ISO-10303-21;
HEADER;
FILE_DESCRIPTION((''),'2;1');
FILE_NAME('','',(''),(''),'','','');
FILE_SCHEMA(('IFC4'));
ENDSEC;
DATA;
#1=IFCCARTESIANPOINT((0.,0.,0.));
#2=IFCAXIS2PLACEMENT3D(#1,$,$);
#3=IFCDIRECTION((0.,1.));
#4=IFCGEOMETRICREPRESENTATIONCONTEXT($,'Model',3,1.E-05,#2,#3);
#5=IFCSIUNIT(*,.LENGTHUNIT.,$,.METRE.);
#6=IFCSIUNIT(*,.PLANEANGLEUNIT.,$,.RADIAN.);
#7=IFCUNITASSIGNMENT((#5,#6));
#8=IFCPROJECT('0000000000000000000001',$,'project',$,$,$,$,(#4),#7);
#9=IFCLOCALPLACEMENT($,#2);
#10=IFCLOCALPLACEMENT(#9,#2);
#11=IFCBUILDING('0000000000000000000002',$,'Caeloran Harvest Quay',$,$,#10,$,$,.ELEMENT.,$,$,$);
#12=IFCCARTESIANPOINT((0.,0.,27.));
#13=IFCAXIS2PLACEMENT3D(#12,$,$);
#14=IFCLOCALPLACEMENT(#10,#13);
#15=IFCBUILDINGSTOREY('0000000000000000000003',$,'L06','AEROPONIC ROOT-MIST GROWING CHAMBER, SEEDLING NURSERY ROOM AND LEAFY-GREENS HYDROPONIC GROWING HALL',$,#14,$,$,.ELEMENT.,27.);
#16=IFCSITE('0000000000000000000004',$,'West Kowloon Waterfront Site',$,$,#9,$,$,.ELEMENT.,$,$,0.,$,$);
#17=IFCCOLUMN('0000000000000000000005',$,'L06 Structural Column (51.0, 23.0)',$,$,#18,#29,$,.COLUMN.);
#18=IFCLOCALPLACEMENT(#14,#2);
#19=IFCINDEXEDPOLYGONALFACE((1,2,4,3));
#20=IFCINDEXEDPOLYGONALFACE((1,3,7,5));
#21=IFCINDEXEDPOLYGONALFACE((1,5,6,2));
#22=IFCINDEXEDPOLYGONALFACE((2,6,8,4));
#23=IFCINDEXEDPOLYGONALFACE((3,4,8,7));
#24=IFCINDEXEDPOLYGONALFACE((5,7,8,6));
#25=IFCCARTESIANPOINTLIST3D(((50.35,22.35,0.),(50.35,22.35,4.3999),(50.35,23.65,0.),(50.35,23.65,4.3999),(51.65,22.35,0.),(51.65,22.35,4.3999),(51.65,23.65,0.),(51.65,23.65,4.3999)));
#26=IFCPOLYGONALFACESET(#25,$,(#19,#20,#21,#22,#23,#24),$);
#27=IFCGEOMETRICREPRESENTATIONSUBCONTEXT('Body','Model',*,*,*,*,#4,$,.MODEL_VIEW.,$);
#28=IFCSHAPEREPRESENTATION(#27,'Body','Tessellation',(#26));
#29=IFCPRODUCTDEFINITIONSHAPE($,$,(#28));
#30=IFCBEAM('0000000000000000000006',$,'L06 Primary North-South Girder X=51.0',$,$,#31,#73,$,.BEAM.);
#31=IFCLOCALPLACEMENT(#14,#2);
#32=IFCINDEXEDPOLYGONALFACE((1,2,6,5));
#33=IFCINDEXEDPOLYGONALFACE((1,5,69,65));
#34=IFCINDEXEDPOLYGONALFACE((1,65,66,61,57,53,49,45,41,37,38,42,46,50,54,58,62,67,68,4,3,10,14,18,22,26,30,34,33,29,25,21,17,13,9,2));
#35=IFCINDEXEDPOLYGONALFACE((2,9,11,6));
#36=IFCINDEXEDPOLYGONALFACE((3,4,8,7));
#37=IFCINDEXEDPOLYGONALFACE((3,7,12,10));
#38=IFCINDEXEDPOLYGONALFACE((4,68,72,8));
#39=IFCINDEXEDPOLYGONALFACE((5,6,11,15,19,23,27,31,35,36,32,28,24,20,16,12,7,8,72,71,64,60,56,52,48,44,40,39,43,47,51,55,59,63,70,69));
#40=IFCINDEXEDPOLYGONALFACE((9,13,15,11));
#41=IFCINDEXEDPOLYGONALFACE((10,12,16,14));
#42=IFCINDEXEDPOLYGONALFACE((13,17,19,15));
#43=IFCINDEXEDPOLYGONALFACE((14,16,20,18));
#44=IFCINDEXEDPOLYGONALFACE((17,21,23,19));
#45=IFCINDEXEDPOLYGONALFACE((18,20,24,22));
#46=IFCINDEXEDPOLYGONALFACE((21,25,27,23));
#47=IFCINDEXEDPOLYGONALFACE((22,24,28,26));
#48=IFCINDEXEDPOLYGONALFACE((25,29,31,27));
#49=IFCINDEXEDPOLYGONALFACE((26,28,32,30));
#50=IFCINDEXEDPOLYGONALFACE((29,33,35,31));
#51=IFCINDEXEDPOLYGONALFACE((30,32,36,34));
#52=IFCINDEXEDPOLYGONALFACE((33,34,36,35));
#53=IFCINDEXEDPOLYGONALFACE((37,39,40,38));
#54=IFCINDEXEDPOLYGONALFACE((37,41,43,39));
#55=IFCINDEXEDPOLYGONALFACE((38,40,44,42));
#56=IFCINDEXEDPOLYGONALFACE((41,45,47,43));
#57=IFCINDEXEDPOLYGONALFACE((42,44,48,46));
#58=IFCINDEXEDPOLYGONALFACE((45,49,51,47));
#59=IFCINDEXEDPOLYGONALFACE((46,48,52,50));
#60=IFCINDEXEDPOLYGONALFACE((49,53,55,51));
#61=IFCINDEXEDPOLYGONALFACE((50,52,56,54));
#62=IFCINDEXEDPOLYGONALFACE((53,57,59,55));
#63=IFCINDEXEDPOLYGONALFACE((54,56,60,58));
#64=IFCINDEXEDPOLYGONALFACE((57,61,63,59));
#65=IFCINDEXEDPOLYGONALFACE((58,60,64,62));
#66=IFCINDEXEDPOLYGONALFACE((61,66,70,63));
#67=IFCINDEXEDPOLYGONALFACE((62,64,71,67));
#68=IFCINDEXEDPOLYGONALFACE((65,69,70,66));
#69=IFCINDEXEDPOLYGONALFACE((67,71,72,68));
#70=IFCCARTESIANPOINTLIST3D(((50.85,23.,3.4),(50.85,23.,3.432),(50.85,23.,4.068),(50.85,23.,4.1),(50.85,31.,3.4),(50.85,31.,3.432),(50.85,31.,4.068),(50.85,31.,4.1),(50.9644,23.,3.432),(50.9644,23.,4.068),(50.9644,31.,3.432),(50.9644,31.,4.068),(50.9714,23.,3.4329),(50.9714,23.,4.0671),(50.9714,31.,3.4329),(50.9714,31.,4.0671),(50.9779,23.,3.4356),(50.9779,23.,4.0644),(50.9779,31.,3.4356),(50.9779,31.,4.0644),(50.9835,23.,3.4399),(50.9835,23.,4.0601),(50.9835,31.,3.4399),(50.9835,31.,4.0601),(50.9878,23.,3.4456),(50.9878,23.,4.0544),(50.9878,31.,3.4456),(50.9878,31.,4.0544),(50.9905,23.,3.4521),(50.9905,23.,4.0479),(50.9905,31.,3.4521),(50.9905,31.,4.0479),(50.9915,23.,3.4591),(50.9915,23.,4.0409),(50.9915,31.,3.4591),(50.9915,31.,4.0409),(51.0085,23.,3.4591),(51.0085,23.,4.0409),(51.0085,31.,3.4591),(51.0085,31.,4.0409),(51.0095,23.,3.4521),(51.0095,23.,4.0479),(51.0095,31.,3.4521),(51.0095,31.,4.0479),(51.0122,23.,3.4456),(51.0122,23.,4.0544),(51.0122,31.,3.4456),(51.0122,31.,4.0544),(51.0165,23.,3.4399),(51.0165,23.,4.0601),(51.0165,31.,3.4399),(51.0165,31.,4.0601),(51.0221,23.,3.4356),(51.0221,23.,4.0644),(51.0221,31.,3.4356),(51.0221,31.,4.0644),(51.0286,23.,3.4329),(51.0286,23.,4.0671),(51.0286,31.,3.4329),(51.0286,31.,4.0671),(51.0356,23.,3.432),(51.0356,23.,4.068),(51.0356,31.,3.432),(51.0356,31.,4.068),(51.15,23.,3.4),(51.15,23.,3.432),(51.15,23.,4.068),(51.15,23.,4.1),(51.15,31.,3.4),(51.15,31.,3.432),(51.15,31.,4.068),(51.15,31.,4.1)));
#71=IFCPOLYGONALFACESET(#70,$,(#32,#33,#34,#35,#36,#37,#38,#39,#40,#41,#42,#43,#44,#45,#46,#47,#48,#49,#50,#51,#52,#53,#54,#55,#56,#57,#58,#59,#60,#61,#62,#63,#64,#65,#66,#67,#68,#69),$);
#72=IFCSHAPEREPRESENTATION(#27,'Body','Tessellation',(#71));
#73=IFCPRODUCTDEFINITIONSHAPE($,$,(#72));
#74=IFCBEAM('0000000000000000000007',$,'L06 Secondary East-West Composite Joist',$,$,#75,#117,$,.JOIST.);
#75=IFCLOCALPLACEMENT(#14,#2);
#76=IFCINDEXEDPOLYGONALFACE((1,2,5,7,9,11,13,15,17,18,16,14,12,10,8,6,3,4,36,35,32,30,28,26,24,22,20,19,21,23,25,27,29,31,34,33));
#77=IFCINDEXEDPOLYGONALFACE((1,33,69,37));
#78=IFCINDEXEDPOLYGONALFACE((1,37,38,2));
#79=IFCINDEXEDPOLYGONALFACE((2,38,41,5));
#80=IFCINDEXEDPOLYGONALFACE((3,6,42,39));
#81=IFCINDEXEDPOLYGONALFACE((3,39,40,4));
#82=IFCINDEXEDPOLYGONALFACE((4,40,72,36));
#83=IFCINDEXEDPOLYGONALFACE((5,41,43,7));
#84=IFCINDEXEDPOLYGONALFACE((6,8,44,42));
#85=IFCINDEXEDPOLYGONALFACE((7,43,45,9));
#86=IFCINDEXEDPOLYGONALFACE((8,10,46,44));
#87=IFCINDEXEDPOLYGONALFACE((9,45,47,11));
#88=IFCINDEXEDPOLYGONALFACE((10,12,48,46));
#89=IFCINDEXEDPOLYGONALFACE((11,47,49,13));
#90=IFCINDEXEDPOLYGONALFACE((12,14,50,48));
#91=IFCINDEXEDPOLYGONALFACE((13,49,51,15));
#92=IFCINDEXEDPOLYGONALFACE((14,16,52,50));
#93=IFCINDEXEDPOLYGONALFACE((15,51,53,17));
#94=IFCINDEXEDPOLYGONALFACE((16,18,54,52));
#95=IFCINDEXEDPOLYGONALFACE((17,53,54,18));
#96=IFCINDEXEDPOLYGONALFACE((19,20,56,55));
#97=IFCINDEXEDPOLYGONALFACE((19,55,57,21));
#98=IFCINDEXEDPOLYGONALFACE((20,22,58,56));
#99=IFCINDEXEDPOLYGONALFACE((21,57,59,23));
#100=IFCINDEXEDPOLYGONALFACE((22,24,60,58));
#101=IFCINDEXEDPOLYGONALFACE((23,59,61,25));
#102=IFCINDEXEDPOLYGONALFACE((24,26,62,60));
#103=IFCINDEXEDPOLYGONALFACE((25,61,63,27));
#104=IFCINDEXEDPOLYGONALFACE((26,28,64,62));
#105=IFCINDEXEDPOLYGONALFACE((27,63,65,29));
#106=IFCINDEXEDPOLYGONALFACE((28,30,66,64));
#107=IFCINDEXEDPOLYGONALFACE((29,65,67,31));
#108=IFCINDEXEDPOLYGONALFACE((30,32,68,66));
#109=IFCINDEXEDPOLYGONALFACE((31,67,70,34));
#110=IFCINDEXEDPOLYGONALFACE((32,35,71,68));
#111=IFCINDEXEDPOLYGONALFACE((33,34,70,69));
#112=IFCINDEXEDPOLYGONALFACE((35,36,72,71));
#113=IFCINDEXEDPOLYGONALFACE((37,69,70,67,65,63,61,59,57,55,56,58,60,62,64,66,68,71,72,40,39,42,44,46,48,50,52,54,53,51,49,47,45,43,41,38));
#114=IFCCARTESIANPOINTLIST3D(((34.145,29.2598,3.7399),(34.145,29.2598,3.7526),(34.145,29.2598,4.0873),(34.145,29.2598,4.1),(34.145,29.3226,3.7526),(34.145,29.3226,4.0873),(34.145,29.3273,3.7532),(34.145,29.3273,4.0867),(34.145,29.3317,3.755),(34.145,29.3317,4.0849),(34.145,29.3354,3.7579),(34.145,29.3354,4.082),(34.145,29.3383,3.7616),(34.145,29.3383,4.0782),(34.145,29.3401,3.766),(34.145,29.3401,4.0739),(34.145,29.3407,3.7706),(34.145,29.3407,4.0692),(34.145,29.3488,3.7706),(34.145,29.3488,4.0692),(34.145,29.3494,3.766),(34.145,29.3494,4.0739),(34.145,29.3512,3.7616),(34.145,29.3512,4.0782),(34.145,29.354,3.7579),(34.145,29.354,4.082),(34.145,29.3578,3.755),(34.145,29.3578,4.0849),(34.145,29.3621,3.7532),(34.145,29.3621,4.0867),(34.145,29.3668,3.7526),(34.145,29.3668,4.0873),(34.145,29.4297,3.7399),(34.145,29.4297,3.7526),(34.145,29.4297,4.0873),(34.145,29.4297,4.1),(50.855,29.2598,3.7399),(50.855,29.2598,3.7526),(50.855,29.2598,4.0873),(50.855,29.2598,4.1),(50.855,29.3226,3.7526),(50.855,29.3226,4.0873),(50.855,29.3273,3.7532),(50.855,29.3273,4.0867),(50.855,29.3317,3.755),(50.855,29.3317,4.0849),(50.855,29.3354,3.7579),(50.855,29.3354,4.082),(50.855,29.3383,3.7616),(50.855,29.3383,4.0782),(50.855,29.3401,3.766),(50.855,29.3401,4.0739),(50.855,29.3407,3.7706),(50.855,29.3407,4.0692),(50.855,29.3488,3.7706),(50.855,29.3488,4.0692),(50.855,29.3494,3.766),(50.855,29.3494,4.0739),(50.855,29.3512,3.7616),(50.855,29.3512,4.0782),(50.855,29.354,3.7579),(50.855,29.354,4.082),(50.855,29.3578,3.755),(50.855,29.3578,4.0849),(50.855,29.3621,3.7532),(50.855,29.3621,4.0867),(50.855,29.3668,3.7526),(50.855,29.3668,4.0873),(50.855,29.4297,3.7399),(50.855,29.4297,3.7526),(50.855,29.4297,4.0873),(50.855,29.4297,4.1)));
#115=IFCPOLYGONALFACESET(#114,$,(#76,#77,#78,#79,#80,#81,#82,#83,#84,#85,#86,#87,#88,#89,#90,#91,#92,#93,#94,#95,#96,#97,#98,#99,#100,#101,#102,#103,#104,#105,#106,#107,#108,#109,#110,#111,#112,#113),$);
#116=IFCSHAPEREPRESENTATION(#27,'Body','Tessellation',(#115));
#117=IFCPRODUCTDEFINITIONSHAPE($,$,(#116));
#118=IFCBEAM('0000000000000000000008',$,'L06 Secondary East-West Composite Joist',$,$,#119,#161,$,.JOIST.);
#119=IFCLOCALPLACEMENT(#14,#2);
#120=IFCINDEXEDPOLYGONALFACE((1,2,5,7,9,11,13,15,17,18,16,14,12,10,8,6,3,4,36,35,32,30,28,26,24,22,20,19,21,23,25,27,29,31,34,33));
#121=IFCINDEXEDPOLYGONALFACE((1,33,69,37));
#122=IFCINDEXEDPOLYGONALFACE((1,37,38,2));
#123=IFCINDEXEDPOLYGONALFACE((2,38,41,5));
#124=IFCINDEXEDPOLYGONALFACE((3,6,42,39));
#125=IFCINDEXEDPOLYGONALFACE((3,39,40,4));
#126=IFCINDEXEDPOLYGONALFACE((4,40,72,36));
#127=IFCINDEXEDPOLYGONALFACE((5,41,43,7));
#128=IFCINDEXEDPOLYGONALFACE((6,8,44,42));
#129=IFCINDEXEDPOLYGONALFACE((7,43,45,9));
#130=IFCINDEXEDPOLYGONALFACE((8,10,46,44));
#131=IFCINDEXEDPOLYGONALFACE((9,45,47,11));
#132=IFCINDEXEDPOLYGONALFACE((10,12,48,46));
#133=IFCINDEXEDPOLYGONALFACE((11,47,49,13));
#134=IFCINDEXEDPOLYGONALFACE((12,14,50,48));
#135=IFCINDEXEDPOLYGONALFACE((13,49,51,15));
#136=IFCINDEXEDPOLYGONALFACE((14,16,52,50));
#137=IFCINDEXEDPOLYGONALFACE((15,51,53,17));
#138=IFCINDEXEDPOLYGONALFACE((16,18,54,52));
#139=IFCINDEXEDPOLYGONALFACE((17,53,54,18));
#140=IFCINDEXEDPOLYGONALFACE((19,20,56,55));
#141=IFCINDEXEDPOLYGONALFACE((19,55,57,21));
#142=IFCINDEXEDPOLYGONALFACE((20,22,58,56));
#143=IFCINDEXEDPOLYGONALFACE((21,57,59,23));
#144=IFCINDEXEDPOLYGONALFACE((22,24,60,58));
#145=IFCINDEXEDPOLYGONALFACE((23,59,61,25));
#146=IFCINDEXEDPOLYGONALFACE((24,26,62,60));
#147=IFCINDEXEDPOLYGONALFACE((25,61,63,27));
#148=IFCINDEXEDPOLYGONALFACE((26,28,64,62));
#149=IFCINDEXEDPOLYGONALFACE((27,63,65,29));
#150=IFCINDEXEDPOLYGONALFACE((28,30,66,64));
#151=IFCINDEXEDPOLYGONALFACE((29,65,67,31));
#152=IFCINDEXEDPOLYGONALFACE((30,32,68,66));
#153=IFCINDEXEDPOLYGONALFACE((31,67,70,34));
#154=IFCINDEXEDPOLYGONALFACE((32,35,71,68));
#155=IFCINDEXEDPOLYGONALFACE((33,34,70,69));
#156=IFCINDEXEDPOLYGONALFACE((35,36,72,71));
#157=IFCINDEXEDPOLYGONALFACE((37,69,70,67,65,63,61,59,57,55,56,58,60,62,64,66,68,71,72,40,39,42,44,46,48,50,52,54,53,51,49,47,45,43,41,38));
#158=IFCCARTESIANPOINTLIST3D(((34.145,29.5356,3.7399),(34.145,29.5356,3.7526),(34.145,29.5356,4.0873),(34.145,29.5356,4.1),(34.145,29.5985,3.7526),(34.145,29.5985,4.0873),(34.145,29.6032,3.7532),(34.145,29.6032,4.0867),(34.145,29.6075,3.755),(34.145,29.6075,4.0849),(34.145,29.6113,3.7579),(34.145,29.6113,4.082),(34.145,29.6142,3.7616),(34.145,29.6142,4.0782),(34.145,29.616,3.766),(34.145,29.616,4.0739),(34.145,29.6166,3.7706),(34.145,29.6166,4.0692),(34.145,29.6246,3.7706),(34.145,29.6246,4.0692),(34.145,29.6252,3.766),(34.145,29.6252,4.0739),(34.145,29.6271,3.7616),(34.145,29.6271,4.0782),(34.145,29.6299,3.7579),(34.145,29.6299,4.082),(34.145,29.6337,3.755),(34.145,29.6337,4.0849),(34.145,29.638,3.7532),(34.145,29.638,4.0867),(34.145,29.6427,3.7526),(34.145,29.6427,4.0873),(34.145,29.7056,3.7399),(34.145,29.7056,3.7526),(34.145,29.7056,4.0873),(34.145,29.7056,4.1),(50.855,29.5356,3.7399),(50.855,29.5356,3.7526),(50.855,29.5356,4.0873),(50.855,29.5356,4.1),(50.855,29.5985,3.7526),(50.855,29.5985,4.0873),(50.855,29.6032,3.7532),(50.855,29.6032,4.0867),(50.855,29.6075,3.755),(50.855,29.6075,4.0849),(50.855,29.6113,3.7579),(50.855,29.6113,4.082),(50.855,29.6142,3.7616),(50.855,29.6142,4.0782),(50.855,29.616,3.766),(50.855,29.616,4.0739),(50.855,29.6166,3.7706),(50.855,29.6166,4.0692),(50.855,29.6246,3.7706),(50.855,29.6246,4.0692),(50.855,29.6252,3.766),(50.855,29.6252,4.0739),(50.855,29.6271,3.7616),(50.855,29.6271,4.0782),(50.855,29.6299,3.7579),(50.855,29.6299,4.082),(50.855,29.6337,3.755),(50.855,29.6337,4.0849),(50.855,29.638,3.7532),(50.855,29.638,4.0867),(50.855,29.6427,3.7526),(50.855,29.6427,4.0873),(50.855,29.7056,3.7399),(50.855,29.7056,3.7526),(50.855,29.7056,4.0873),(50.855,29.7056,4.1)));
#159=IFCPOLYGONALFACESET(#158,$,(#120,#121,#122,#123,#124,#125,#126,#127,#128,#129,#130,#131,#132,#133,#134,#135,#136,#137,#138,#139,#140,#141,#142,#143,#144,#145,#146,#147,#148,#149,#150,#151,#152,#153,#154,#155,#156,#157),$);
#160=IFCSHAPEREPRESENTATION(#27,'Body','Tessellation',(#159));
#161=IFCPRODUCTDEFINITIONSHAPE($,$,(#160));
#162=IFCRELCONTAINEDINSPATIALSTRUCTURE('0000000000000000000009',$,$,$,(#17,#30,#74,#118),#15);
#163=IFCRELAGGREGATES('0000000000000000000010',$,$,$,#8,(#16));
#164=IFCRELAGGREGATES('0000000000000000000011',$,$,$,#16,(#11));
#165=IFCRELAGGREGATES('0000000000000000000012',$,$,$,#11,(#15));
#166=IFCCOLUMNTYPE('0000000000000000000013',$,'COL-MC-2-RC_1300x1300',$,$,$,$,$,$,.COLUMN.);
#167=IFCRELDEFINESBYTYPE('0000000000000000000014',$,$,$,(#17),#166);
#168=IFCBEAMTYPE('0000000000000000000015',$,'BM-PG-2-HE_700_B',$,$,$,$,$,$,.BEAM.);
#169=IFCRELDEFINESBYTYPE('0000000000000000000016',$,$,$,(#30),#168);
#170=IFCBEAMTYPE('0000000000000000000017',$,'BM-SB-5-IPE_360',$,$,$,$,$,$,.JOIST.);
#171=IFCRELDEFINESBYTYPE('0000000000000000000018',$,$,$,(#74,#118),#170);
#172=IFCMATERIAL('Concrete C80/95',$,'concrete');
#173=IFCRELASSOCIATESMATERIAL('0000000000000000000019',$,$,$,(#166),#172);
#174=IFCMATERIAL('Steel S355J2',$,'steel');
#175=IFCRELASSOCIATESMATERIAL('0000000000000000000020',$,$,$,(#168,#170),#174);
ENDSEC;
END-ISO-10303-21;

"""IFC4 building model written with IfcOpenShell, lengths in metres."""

from ifc_helpers import new_model, si_unit, direction, frame, origin, origin_2d, place, context, subcontext, project, spatial, rectangle, i_section, extrude, material, material_profile, profile_set, type_object, element, save


model = new_model("IFC4")

# Units and contexts
model_context = context("Model", 3, precision=1e-05, world=origin(), true_north=direction((0.0, 1.0)))
body_context = subcontext(model_context, "Body", "Model", "MODEL_VIEW")
ifc_project = project(units=[si_unit("LENGTHUNIT", "METRE"), si_unit("PLANEANGLEUNIT", "RADIAN")], contexts=[model_context])

# Site, building, storey
site_placement = place(None, origin())
site = spatial("IfcSite", under=ifc_project, at=site_placement, Name="West Kowloon Waterfront Site", CompositionType="ELEMENT", RefElevation=0.0)
building_placement = place(site_placement, origin())
building = spatial("IfcBuilding", under=site, at=building_placement, Name="Caeloran Harvest Quay", CompositionType="ELEMENT")
storey_placement = place(building_placement, frame((0.0, 0.0, 27.0)))
storey = spatial("IfcBuildingStorey", under=building, at=storey_placement, Name="L06", Description="AEROPONIC ROOT-MIST GROWING CHAMBER, SEEDLING NURSERY ROOM AND LEAFY-GREENS HYDROPONIC GROWING HALL", CompositionType="ELEMENT", Elevation=27.0)

# Column
ifc_material_1 = material(Name="Concrete C80/95", Category="concrete")
ifc_material_profile_1 = material_profile(ifc_material_1, rectangle(XDim=1.3, YDim=1.3, at=origin_2d()), Name="RC 1300x1300")
ifc_profile_set_1 = profile_set([ifc_material_profile_1], Name="Concrete C80/95")
column_type = type_object("IfcColumnType", Name="COL-MC-2-RC_1300x1300", PredefinedType="COLUMN", material=ifc_profile_set_1)
column_placement = place(storey_placement, frame((51.0, 23.0, 0.0), z_axis=(0.0, 0.0, 1.0), x_axis=(1.0, 0.0, 0.0)))
element("IfcColumn", 1, at=column_placement, inside=storey, type_object=column_type, Name="L06 Structural Column (51.0, 23.0)", PredefinedType="COLUMN", context=body_context, shape_type="SweptSolid", body=[
    extrude(rectangle(XDim=1.3, YDim=1.3, at=origin_2d()), origin(), (0.0, 0.0, 1.0), 4.3999),
])

# Beams
ifc_material_2 = material(Name="Steel S355J2", Category="steel")
ifc_material_profile_2 = material_profile(ifc_material_2, i_section(OverallWidth=0.3, OverallDepth=0.7, WebThickness=0.0171, FlangeThickness=0.032, FilletRadius=0.0271, at=origin_2d()), Name="HE 700 B")
ifc_profile_set_2 = profile_set([ifc_material_profile_2], Name="Steel S355J2")
beam_type_1 = type_object("IfcBeamType", Name="BM-PG-2-HE_700_B", PredefinedType="BEAM", material=ifc_profile_set_2)
beam_placement = place(storey_placement, frame((51.0, 23.0, 3.75), z_axis=(0.0, 1.0, 0.0), x_axis=(-1.0, 0.0, 0.0)))
element("IfcBeam", 2, at=beam_placement, inside=storey, type_object=beam_type_1, Name="L06 Primary North-South Girder X=51.0", PredefinedType="BEAM", context=body_context, shape_type="SweptSolid", body=[
    extrude(i_section(OverallWidth=0.3, OverallDepth=0.7, WebThickness=0.0171, FlangeThickness=0.032, FilletRadius=0.0271, at=origin_2d()), origin(), (0.0, 0.0, 1.0), 8.0),
])
ifc_material_profile_3 = material_profile(ifc_material_2, i_section(OverallWidth=0.1699, OverallDepth=0.3601, WebThickness=0.0081, FlangeThickness=0.0127, FilletRadius=0.0181, at=origin_2d()), Name="IPE 360")
ifc_profile_set_3 = profile_set([ifc_material_profile_3], Name="Steel S355J2")
beam_type_2 = type_object("IfcBeamType", Name="BM-SB-5-IPE_360", PredefinedType="JOIST", material=ifc_profile_set_3)
for number, where, z_axis, x_axis, name in (
    (3, (34.145, 29.3447, 3.9199), (1.0, 0.0, 0.0), (0.0, 1.0, 0.0), "L06 Secondary East-West Composite Joist"),
    (4, (34.145, 29.6206, 3.9199), (1.0, 0.0, 0.0), (0.0, 1.0, 0.0), "L06 Secondary East-West Composite Joist"),
):
    element("IfcBeam", number, at=place(storey_placement, frame(where, z_axis=z_axis, x_axis=x_axis)), inside=storey, type_object=beam_type_2, Name=name, PredefinedType="JOIST", context=body_context, shape_type="SweptSolid", body=[
        extrude(i_section(OverallWidth=0.1699, OverallDepth=0.3601, WebThickness=0.0081, FlangeThickness=0.0127, FilletRadius=0.0181, at=origin_2d()), origin(), (0.0, 0.0, 1.0), 16.71),
    ])

save(model, "model.ifc")
